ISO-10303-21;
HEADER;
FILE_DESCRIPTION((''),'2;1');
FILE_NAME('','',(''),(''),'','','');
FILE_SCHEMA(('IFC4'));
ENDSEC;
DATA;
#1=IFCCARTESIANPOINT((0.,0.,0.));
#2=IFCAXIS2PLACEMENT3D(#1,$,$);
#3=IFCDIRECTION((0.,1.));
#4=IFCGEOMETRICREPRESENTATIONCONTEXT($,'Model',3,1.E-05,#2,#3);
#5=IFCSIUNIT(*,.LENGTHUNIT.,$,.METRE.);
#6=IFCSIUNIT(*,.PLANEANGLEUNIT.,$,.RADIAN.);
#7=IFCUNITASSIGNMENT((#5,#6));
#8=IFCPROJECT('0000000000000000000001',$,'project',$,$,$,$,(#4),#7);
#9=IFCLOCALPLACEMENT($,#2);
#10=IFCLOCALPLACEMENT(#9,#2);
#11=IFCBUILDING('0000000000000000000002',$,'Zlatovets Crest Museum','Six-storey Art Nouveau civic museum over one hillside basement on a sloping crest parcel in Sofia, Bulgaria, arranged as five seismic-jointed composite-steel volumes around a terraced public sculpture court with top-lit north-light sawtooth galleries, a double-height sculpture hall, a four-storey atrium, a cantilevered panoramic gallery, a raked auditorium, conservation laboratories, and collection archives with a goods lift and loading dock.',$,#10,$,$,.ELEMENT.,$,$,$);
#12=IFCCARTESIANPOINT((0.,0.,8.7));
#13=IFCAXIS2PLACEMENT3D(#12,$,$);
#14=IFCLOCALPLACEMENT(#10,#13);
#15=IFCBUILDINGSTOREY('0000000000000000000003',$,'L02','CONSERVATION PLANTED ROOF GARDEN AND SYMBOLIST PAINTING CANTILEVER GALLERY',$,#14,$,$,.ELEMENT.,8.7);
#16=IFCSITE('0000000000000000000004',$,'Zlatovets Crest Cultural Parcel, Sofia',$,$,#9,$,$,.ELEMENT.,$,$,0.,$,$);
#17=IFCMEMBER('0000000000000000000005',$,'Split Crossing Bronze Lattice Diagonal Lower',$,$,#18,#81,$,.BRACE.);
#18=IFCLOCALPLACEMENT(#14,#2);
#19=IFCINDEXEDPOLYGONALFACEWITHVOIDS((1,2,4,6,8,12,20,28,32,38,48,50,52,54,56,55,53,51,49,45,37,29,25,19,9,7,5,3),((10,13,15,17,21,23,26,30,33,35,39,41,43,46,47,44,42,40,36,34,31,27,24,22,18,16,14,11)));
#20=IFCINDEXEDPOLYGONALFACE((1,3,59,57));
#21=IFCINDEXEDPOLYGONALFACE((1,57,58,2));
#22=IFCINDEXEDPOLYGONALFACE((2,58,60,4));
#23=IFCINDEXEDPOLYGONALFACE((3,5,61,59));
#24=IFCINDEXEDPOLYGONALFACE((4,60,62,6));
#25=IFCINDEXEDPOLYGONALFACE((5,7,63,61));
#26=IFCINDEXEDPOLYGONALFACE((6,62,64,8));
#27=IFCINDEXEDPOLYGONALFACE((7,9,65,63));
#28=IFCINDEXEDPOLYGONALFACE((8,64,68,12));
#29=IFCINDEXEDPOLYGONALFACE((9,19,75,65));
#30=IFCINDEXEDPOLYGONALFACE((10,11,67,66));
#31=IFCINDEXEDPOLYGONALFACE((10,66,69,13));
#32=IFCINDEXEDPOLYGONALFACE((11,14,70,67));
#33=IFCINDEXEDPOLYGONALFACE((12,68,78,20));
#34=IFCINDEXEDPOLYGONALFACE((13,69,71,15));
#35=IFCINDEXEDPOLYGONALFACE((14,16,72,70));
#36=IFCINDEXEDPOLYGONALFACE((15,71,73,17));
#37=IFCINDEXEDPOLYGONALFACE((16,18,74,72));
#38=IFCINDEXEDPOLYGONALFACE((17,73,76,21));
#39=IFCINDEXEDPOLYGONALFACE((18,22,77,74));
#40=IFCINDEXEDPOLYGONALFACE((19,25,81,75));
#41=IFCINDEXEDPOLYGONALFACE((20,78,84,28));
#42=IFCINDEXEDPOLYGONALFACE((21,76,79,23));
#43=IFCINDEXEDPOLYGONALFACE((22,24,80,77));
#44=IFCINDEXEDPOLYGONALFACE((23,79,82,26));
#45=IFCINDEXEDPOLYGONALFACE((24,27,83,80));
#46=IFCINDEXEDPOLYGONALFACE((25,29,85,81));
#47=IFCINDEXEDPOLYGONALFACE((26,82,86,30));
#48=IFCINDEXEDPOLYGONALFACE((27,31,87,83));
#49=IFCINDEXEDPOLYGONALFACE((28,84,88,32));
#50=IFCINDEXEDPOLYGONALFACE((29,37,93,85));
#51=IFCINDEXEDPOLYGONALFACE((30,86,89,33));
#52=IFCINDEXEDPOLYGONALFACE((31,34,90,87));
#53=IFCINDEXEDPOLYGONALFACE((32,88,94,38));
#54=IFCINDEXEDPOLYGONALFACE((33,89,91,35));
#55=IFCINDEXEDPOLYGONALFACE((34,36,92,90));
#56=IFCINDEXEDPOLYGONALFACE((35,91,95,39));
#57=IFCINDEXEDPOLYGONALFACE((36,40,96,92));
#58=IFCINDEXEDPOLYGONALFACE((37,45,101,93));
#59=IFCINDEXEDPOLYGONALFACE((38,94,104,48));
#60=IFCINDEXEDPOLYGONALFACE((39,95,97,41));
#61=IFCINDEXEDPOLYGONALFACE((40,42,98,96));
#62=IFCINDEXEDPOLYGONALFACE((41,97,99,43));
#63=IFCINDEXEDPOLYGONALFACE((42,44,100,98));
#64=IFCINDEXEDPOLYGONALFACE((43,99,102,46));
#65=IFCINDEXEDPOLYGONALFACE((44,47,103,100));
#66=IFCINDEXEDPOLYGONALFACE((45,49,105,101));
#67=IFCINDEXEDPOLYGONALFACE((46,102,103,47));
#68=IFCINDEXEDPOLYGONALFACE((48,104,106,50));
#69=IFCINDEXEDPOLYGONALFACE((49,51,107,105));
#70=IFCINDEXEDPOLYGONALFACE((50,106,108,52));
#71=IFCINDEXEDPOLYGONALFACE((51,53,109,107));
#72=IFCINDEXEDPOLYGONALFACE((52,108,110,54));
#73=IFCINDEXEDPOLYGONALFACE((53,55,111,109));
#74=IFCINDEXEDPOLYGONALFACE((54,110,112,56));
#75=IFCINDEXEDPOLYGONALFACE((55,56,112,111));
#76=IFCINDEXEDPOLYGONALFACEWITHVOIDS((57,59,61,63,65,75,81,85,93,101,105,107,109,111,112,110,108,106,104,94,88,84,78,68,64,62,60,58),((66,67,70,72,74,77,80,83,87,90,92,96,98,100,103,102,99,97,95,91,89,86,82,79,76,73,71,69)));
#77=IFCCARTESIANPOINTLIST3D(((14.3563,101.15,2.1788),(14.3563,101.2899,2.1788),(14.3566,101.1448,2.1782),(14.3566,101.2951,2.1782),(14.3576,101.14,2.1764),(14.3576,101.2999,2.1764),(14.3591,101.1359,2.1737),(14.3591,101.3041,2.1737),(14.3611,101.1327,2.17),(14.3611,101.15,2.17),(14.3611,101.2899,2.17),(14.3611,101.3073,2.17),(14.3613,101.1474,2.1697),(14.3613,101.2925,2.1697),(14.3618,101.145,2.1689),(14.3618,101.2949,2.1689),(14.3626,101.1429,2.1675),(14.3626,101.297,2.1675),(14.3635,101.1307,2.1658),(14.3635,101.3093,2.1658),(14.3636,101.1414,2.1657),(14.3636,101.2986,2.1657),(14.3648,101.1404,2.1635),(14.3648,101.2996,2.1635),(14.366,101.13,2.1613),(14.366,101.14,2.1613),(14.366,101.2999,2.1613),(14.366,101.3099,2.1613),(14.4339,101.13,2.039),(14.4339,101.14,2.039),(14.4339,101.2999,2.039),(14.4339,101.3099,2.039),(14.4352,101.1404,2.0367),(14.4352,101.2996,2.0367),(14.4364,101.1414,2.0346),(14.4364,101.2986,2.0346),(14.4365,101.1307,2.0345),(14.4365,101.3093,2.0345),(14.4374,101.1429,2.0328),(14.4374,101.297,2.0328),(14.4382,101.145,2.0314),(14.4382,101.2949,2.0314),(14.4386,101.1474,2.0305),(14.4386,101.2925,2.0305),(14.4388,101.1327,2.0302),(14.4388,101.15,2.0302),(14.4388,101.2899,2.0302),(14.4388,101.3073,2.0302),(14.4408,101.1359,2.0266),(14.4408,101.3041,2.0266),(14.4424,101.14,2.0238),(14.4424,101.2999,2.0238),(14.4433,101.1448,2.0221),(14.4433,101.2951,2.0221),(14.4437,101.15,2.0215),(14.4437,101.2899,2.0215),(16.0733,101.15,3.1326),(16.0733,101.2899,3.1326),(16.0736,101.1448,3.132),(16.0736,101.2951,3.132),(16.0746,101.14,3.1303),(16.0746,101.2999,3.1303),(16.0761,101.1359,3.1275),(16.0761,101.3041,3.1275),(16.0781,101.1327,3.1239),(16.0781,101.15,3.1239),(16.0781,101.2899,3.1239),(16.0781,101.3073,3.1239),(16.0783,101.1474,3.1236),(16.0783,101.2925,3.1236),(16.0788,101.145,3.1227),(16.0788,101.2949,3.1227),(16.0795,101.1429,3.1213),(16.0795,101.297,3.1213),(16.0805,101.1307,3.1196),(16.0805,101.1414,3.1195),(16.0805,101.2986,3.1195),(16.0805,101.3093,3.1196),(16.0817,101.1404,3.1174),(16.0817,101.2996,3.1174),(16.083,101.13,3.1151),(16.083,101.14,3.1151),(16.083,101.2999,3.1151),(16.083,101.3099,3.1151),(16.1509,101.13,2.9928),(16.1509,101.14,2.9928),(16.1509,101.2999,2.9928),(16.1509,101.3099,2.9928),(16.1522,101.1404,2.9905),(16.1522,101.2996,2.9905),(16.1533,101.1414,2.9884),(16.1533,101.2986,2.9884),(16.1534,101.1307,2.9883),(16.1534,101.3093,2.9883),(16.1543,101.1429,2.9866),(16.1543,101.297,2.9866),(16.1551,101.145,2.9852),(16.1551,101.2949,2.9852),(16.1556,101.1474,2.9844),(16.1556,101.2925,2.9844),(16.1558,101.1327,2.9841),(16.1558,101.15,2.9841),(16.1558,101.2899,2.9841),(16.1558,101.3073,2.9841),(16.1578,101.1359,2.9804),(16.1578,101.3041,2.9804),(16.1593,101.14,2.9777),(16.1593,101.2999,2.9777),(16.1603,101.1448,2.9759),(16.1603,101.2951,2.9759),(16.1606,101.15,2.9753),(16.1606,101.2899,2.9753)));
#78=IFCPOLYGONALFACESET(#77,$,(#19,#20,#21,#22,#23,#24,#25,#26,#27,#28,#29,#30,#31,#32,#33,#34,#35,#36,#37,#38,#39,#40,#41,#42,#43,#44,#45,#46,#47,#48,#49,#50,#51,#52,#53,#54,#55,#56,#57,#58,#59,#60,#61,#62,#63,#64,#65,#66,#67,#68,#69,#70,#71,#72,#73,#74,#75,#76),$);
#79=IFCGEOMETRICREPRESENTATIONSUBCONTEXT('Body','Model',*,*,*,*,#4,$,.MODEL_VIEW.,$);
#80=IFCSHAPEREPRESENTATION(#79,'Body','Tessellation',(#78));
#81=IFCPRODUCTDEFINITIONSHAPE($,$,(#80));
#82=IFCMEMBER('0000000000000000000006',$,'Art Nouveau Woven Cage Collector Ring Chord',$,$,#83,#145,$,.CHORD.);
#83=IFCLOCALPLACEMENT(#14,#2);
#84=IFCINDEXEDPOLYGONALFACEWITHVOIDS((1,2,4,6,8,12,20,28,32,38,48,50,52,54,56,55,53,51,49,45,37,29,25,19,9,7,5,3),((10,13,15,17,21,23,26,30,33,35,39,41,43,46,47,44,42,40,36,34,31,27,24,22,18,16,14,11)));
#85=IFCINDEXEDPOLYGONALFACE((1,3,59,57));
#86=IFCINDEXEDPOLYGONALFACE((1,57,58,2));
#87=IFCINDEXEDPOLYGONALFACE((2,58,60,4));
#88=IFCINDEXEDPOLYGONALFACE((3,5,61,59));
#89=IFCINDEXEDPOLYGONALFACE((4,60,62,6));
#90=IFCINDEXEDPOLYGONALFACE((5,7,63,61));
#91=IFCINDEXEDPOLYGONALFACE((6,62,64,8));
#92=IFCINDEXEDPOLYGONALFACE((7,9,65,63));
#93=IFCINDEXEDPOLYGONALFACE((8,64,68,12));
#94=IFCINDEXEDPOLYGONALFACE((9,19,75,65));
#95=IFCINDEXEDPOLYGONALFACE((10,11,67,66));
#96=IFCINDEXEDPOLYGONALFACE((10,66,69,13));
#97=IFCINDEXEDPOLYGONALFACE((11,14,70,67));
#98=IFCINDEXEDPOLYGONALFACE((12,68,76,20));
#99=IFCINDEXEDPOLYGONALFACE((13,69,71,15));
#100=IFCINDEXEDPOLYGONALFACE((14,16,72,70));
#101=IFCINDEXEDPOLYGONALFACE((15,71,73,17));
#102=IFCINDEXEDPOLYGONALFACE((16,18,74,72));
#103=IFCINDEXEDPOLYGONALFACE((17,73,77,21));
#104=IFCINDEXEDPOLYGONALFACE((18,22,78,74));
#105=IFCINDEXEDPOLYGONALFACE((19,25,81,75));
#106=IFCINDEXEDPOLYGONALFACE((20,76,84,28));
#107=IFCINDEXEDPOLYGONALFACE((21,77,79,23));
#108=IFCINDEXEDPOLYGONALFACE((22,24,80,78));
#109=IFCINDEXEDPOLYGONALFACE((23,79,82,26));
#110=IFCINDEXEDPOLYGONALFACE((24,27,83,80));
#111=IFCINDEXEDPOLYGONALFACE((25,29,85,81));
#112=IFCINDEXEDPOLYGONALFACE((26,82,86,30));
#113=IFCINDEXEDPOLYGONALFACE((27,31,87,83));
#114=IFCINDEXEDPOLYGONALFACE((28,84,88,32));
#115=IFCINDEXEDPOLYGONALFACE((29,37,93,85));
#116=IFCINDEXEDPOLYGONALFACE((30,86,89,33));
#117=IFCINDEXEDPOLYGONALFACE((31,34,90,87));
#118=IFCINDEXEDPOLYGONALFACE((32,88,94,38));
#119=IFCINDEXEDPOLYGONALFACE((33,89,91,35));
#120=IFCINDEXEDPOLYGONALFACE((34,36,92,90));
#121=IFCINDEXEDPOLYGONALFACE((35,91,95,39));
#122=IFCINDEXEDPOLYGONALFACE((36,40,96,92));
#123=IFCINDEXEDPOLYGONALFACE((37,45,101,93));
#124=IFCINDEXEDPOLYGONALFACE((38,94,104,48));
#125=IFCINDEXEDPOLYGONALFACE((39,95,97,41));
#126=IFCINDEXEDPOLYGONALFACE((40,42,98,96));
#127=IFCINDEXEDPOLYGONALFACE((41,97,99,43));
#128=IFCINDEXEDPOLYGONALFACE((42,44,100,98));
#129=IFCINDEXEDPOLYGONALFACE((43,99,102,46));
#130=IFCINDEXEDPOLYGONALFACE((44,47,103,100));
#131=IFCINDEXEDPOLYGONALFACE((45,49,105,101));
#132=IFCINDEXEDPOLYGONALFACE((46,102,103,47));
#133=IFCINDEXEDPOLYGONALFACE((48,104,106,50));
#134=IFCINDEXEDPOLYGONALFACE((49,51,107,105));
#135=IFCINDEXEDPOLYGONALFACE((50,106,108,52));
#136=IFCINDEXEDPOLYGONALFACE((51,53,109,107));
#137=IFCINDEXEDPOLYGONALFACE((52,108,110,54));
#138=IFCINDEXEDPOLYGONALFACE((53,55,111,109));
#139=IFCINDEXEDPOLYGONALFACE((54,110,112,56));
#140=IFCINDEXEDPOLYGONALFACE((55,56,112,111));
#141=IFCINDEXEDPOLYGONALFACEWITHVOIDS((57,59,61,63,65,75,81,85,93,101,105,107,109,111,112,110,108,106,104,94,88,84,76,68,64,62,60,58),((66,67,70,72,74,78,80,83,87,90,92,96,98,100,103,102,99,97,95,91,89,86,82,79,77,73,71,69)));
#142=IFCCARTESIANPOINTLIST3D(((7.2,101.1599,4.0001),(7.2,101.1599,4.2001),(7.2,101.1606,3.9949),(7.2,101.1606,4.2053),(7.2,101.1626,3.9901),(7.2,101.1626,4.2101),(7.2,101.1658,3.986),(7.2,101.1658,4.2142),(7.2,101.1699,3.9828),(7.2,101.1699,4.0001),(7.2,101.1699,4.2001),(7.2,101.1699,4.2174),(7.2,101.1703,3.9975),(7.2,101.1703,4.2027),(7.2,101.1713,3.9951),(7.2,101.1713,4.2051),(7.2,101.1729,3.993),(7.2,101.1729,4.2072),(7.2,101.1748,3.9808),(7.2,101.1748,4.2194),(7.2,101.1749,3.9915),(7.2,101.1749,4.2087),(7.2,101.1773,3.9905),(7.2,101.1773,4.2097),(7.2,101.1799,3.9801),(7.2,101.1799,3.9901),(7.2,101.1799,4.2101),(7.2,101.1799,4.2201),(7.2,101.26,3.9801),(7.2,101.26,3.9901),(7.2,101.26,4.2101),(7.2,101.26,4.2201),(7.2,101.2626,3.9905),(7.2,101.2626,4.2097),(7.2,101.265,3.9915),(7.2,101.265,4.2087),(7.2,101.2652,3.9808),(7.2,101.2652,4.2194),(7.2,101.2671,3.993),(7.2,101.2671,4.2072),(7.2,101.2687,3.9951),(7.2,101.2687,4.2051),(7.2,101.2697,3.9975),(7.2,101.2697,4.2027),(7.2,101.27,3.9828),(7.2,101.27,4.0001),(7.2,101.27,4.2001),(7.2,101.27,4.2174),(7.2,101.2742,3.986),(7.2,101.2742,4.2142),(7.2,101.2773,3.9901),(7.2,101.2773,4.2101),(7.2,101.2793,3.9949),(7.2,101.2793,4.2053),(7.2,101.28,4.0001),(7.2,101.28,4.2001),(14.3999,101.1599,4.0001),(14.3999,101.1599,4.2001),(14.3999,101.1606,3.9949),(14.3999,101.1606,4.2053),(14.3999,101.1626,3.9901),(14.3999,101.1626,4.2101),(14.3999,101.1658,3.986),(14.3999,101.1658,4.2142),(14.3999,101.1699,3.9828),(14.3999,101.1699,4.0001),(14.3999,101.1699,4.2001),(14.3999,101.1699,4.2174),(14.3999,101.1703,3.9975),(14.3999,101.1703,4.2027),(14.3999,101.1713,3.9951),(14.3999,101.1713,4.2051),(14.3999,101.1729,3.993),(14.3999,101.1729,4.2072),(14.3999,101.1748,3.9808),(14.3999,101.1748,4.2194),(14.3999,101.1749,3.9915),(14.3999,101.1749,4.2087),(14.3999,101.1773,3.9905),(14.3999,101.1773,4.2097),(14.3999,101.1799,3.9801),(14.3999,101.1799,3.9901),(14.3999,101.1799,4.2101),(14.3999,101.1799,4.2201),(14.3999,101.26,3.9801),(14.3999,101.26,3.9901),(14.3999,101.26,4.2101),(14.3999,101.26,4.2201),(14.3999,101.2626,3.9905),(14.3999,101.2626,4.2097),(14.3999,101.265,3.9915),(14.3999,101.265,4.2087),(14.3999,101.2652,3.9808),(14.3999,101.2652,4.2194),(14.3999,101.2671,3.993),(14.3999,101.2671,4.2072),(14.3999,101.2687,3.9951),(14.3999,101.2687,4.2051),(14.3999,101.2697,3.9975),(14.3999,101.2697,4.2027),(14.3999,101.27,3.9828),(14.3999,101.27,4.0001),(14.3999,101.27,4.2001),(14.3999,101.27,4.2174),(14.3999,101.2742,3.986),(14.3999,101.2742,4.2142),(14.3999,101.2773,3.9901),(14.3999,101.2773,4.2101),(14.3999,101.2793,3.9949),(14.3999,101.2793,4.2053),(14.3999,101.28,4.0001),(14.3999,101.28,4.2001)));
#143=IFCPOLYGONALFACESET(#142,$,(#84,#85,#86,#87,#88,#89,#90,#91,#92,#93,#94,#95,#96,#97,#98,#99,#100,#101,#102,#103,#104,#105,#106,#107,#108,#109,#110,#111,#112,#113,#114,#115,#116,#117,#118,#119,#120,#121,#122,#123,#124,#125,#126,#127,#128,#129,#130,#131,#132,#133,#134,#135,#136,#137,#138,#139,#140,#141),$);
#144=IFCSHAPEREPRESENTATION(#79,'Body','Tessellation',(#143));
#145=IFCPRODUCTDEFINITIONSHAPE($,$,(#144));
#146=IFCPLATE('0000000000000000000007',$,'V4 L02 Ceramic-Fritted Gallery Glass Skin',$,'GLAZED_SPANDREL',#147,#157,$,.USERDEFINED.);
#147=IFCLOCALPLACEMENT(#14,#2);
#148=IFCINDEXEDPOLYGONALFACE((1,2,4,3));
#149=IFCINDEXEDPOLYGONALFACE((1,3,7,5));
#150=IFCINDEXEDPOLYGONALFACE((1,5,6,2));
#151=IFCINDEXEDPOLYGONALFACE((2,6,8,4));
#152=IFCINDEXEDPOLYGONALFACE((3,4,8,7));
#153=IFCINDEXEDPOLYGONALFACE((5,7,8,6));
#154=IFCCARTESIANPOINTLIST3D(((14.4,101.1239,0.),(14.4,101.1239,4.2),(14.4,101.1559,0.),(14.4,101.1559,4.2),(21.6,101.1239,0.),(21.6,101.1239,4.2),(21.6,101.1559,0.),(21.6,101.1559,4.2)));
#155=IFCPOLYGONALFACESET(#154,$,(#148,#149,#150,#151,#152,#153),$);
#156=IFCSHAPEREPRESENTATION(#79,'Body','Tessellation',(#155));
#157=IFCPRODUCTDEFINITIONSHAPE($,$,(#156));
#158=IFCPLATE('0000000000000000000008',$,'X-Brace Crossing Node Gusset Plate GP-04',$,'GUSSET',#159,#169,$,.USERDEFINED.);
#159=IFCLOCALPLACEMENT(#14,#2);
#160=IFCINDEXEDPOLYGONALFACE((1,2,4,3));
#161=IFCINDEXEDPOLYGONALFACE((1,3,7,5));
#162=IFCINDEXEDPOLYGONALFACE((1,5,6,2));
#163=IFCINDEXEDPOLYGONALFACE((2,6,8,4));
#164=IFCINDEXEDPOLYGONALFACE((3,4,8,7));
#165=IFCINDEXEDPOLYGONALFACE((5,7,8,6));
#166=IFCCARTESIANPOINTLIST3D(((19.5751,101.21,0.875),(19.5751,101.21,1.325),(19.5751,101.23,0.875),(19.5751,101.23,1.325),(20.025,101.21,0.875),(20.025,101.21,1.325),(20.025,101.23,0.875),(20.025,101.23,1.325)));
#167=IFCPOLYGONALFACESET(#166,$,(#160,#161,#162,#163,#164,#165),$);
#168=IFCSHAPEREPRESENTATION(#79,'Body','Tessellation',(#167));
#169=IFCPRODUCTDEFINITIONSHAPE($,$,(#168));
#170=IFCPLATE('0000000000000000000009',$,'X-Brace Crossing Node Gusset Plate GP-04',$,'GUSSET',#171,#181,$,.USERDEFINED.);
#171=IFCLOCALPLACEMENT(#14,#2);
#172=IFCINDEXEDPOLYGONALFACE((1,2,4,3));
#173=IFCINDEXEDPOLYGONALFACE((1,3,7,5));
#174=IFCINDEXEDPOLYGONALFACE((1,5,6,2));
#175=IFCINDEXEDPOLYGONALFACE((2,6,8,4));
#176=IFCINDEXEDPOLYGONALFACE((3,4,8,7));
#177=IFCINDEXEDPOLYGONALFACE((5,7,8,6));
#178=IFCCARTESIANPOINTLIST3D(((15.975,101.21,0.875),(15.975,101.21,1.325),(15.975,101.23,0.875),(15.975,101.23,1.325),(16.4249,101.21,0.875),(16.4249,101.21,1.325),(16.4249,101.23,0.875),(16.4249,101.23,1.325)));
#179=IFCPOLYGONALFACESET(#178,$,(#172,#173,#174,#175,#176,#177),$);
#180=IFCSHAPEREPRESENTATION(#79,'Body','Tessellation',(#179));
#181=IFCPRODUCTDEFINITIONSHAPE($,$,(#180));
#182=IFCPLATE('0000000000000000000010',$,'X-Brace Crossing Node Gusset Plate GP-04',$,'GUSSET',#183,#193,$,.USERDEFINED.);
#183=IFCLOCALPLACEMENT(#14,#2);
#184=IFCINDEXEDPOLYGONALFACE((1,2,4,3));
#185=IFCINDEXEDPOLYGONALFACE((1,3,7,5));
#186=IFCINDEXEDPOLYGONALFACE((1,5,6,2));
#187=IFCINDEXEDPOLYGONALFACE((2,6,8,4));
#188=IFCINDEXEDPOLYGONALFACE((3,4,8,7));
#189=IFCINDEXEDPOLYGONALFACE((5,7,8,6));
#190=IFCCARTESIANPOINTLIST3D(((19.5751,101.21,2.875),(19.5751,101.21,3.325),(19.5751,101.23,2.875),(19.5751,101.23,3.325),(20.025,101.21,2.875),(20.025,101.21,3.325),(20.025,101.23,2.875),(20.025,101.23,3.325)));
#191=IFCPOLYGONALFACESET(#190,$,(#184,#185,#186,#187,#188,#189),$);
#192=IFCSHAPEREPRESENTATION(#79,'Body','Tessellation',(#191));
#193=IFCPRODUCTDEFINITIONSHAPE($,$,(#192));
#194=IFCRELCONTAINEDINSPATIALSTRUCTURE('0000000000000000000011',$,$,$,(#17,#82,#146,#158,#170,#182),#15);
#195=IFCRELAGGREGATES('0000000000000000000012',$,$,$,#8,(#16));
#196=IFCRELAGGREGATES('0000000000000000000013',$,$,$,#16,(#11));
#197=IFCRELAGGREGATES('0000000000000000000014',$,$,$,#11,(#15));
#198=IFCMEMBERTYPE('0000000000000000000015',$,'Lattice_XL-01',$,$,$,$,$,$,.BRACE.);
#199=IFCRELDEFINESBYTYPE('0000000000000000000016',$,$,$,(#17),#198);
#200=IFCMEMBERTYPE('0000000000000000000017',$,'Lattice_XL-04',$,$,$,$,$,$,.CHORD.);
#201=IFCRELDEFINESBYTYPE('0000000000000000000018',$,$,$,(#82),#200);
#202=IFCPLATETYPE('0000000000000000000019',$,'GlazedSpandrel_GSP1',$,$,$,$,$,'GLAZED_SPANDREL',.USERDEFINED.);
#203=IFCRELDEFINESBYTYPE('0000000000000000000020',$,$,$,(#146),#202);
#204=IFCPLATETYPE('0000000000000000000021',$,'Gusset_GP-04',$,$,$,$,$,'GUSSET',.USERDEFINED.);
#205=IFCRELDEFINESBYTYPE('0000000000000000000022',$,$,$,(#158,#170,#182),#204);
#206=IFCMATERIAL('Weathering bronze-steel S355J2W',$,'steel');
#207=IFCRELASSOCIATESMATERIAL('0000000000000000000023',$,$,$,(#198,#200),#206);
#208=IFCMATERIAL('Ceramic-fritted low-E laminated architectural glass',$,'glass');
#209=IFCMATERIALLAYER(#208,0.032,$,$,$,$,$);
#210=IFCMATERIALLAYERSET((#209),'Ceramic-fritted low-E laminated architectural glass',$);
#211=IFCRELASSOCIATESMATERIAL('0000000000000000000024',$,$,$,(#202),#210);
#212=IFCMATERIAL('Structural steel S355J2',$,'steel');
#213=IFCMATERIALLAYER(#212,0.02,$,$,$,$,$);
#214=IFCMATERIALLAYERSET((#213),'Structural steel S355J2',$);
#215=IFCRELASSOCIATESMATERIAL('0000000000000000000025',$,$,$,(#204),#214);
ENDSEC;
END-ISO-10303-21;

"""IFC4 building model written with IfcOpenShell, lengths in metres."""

from ifc_helpers import new_model, si_unit, direction, frame, origin, origin_2d, place, context, subcontext, project, spatial, rectangle, hollow_rectangle, extrude, material, layer, layer_set, material_profile, profile_set, type_object, element, save


model = new_model("IFC4")

# Units and contexts
model_context = context("Model", 3, precision=1e-05, world=origin(), true_north=direction((0.0, 1.0)))
body_context = subcontext(model_context, "Body", "Model", "MODEL_VIEW")
ifc_project = project(units=[si_unit("LENGTHUNIT", "METRE"), si_unit("PLANEANGLEUNIT", "RADIAN")], contexts=[model_context])

# Site, building, storey
site_placement = place(None, origin())
site = spatial("IfcSite", under=ifc_project, at=site_placement, Name="Zlatovets Crest Cultural Parcel, Sofia", CompositionType="ELEMENT", RefElevation=0.0)
building_placement = place(site_placement, origin())
building = spatial("IfcBuilding", under=site, at=building_placement, Name="Zlatovets Crest Museum", Description="Six-storey Art Nouveau civic museum over one hillside basement on a sloping crest parcel in Sofia, Bulgaria, arranged as five seismic-jointed composite-steel volumes around a terraced public sculpture court with top-lit north-light sawtooth galleries, a double-height sculpture hall, a four-storey atrium, a cantilevered panoramic gallery, a raked auditorium, conservation laboratories, and collection archives with a goods lift and loading dock.", CompositionType="ELEMENT")
storey_placement = place(building_placement, frame((0.0, 0.0, 8.7)))
storey = spatial("IfcBuildingStorey", under=building, at=storey_placement, Name="L02", Description="CONSERVATION PLANTED ROOF GARDEN AND SYMBOLIST PAINTING CANTILEVER GALLERY", CompositionType="ELEMENT", Elevation=8.7)

# Shared definitions
ifc_material_1 = material(Name="Structural steel S355J2", Category="steel")

# Members
ifc_material_2 = material(Name="Weathering bronze-steel S355J2W", Category="steel")
ifc_material_profile_1 = material_profile(ifc_material_2, hollow_rectangle(XDim=0.1799, YDim=0.1799, WallThickness=0.01, InnerFilletRadius=0.01, OuterFilletRadius=0.02, at=origin_2d()), Name="SHS 180x180x10.0")
ifc_profile_set_1 = profile_set([ifc_material_profile_1], Name="Weathering bronze-steel S355J2W")
member_type_1 = type_object("IfcMemberType", Name="Lattice_XL-01", PredefinedType="BRACE", material=ifc_profile_set_1)
for number, where, z_axis, x_axis, name in (
    (1, (16.1169, 101.22, 3.054), (-0.874169, 0.0, -0.485622), (0.0, -1.0, 0.0), "Split Crossing Bronze Lattice Diagonal Lower"),
):
    element("IfcMember", number, at=place(storey_placement, frame(where, z_axis=z_axis, x_axis=x_axis)), inside=storey, type_object=member_type_1, Name=name, PredefinedType="BRACE", context=body_context, shape_type="SweptSolid", body=[
        extrude(hollow_rectangle(XDim=0.1799, YDim=0.1799, WallThickness=0.01, InnerFilletRadius=0.01, OuterFilletRadius=0.02, at=origin_2d()), origin(), (0.0, 0.0, 1.0), 1.9641),
    ])
ifc_material_profile_2 = material_profile(ifc_material_2, hollow_rectangle(XDim=0.1201, YDim=0.24, WallThickness=0.01, InnerFilletRadius=0.01, OuterFilletRadius=0.02, at=origin_2d()), Name="RHS 120x240x10.0")
ifc_profile_set_2 = profile_set([ifc_material_profile_2], Name="Weathering bronze-steel S355J2W")
member_type_2 = type_object("IfcMemberType", Name="Lattice_XL-04", PredefinedType="CHORD", material=ifc_profile_set_2)
member_1_placement = place(storey_placement, frame((14.3999, 101.22, 4.1001), z_axis=(-1.0, 0.0, 0.0), x_axis=(0.0, -1.0, 0.0)))
element("IfcMember", 2, at=member_1_placement, inside=storey, type_object=member_type_2, Name="Art Nouveau Woven Cage Collector Ring Chord", PredefinedType="CHORD", context=body_context, shape_type="SweptSolid", body=[
    extrude(hollow_rectangle(XDim=0.1201, YDim=0.24, WallThickness=0.01, InnerFilletRadius=0.01, OuterFilletRadius=0.02, at=origin_2d()), origin(), (0.0, 0.0, 1.0), 7.2),
])

# Plates
ifc_material_3 = material(Name="Ceramic-fritted low-E laminated architectural glass", Category="glass")
ifc_layer_1 = layer(ifc_material_3, 0.032)
ifc_layer_set_1 = layer_set([ifc_layer_1], Name="Ceramic-fritted low-E laminated architectural glass")
plate_type_1 = type_object("IfcPlateType", Name="GlazedSpandrel_GSP1", ElementType="GLAZED_SPANDREL", PredefinedType="USERDEFINED", material=ifc_layer_set_1)
plate_placement = place(storey_placement, frame((18.0, 101.1399, 0.0), z_axis=(0.0, 0.0, 1.0), x_axis=(1.0, 0.0, 0.0)))
element("IfcPlate", 3, at=plate_placement, inside=storey, type_object=plate_type_1, Name="V4 L02 Ceramic-Fritted Gallery Glass Skin", ObjectType="GLAZED_SPANDREL", PredefinedType="USERDEFINED", context=body_context, shape_type="SweptSolid", body=[
    extrude(rectangle(XDim=7.2, YDim=0.032, at=origin_2d()), origin(), (0.0, 0.0, 1.0), 4.2),
])
ifc_layer_2 = layer(ifc_material_1, 0.02)
ifc_layer_set_2 = layer_set([ifc_layer_2], Name="Structural steel S355J2")
plate_type_2 = type_object("IfcPlateType", Name="Gusset_GP-04", ElementType="GUSSET", PredefinedType="USERDEFINED", material=ifc_layer_set_2)
for number, where, z_axis, x_axis, name in (
    (4, (19.8, 101.22, 0.875), (0.0, 0.0, 1.0), (1.0, 0.0, 0.0), "X-Brace Crossing Node Gusset Plate GP-04"),
    (5, (16.2, 101.22, 0.875), (0.0, 0.0, 1.0), (1.0, 0.0, 0.0), "X-Brace Crossing Node Gusset Plate GP-04"),
    (6, (19.8, 101.22, 2.875), (0.0, 0.0, 1.0), (1.0, 0.0, 0.0), "X-Brace Crossing Node Gusset Plate GP-04"),
):
    element("IfcPlate", number, at=place(storey_placement, frame(where, z_axis=z_axis, x_axis=x_axis)), inside=storey, type_object=plate_type_2, Name=name, ObjectType="GUSSET", PredefinedType="USERDEFINED", context=body_context, shape_type="SweptSolid", body=[
        extrude(rectangle(XDim=0.45, YDim=0.02, at=origin_2d()), origin(), (0.0, 0.0, 1.0), 0.45),
    ])

save(model, "model.ifc")
